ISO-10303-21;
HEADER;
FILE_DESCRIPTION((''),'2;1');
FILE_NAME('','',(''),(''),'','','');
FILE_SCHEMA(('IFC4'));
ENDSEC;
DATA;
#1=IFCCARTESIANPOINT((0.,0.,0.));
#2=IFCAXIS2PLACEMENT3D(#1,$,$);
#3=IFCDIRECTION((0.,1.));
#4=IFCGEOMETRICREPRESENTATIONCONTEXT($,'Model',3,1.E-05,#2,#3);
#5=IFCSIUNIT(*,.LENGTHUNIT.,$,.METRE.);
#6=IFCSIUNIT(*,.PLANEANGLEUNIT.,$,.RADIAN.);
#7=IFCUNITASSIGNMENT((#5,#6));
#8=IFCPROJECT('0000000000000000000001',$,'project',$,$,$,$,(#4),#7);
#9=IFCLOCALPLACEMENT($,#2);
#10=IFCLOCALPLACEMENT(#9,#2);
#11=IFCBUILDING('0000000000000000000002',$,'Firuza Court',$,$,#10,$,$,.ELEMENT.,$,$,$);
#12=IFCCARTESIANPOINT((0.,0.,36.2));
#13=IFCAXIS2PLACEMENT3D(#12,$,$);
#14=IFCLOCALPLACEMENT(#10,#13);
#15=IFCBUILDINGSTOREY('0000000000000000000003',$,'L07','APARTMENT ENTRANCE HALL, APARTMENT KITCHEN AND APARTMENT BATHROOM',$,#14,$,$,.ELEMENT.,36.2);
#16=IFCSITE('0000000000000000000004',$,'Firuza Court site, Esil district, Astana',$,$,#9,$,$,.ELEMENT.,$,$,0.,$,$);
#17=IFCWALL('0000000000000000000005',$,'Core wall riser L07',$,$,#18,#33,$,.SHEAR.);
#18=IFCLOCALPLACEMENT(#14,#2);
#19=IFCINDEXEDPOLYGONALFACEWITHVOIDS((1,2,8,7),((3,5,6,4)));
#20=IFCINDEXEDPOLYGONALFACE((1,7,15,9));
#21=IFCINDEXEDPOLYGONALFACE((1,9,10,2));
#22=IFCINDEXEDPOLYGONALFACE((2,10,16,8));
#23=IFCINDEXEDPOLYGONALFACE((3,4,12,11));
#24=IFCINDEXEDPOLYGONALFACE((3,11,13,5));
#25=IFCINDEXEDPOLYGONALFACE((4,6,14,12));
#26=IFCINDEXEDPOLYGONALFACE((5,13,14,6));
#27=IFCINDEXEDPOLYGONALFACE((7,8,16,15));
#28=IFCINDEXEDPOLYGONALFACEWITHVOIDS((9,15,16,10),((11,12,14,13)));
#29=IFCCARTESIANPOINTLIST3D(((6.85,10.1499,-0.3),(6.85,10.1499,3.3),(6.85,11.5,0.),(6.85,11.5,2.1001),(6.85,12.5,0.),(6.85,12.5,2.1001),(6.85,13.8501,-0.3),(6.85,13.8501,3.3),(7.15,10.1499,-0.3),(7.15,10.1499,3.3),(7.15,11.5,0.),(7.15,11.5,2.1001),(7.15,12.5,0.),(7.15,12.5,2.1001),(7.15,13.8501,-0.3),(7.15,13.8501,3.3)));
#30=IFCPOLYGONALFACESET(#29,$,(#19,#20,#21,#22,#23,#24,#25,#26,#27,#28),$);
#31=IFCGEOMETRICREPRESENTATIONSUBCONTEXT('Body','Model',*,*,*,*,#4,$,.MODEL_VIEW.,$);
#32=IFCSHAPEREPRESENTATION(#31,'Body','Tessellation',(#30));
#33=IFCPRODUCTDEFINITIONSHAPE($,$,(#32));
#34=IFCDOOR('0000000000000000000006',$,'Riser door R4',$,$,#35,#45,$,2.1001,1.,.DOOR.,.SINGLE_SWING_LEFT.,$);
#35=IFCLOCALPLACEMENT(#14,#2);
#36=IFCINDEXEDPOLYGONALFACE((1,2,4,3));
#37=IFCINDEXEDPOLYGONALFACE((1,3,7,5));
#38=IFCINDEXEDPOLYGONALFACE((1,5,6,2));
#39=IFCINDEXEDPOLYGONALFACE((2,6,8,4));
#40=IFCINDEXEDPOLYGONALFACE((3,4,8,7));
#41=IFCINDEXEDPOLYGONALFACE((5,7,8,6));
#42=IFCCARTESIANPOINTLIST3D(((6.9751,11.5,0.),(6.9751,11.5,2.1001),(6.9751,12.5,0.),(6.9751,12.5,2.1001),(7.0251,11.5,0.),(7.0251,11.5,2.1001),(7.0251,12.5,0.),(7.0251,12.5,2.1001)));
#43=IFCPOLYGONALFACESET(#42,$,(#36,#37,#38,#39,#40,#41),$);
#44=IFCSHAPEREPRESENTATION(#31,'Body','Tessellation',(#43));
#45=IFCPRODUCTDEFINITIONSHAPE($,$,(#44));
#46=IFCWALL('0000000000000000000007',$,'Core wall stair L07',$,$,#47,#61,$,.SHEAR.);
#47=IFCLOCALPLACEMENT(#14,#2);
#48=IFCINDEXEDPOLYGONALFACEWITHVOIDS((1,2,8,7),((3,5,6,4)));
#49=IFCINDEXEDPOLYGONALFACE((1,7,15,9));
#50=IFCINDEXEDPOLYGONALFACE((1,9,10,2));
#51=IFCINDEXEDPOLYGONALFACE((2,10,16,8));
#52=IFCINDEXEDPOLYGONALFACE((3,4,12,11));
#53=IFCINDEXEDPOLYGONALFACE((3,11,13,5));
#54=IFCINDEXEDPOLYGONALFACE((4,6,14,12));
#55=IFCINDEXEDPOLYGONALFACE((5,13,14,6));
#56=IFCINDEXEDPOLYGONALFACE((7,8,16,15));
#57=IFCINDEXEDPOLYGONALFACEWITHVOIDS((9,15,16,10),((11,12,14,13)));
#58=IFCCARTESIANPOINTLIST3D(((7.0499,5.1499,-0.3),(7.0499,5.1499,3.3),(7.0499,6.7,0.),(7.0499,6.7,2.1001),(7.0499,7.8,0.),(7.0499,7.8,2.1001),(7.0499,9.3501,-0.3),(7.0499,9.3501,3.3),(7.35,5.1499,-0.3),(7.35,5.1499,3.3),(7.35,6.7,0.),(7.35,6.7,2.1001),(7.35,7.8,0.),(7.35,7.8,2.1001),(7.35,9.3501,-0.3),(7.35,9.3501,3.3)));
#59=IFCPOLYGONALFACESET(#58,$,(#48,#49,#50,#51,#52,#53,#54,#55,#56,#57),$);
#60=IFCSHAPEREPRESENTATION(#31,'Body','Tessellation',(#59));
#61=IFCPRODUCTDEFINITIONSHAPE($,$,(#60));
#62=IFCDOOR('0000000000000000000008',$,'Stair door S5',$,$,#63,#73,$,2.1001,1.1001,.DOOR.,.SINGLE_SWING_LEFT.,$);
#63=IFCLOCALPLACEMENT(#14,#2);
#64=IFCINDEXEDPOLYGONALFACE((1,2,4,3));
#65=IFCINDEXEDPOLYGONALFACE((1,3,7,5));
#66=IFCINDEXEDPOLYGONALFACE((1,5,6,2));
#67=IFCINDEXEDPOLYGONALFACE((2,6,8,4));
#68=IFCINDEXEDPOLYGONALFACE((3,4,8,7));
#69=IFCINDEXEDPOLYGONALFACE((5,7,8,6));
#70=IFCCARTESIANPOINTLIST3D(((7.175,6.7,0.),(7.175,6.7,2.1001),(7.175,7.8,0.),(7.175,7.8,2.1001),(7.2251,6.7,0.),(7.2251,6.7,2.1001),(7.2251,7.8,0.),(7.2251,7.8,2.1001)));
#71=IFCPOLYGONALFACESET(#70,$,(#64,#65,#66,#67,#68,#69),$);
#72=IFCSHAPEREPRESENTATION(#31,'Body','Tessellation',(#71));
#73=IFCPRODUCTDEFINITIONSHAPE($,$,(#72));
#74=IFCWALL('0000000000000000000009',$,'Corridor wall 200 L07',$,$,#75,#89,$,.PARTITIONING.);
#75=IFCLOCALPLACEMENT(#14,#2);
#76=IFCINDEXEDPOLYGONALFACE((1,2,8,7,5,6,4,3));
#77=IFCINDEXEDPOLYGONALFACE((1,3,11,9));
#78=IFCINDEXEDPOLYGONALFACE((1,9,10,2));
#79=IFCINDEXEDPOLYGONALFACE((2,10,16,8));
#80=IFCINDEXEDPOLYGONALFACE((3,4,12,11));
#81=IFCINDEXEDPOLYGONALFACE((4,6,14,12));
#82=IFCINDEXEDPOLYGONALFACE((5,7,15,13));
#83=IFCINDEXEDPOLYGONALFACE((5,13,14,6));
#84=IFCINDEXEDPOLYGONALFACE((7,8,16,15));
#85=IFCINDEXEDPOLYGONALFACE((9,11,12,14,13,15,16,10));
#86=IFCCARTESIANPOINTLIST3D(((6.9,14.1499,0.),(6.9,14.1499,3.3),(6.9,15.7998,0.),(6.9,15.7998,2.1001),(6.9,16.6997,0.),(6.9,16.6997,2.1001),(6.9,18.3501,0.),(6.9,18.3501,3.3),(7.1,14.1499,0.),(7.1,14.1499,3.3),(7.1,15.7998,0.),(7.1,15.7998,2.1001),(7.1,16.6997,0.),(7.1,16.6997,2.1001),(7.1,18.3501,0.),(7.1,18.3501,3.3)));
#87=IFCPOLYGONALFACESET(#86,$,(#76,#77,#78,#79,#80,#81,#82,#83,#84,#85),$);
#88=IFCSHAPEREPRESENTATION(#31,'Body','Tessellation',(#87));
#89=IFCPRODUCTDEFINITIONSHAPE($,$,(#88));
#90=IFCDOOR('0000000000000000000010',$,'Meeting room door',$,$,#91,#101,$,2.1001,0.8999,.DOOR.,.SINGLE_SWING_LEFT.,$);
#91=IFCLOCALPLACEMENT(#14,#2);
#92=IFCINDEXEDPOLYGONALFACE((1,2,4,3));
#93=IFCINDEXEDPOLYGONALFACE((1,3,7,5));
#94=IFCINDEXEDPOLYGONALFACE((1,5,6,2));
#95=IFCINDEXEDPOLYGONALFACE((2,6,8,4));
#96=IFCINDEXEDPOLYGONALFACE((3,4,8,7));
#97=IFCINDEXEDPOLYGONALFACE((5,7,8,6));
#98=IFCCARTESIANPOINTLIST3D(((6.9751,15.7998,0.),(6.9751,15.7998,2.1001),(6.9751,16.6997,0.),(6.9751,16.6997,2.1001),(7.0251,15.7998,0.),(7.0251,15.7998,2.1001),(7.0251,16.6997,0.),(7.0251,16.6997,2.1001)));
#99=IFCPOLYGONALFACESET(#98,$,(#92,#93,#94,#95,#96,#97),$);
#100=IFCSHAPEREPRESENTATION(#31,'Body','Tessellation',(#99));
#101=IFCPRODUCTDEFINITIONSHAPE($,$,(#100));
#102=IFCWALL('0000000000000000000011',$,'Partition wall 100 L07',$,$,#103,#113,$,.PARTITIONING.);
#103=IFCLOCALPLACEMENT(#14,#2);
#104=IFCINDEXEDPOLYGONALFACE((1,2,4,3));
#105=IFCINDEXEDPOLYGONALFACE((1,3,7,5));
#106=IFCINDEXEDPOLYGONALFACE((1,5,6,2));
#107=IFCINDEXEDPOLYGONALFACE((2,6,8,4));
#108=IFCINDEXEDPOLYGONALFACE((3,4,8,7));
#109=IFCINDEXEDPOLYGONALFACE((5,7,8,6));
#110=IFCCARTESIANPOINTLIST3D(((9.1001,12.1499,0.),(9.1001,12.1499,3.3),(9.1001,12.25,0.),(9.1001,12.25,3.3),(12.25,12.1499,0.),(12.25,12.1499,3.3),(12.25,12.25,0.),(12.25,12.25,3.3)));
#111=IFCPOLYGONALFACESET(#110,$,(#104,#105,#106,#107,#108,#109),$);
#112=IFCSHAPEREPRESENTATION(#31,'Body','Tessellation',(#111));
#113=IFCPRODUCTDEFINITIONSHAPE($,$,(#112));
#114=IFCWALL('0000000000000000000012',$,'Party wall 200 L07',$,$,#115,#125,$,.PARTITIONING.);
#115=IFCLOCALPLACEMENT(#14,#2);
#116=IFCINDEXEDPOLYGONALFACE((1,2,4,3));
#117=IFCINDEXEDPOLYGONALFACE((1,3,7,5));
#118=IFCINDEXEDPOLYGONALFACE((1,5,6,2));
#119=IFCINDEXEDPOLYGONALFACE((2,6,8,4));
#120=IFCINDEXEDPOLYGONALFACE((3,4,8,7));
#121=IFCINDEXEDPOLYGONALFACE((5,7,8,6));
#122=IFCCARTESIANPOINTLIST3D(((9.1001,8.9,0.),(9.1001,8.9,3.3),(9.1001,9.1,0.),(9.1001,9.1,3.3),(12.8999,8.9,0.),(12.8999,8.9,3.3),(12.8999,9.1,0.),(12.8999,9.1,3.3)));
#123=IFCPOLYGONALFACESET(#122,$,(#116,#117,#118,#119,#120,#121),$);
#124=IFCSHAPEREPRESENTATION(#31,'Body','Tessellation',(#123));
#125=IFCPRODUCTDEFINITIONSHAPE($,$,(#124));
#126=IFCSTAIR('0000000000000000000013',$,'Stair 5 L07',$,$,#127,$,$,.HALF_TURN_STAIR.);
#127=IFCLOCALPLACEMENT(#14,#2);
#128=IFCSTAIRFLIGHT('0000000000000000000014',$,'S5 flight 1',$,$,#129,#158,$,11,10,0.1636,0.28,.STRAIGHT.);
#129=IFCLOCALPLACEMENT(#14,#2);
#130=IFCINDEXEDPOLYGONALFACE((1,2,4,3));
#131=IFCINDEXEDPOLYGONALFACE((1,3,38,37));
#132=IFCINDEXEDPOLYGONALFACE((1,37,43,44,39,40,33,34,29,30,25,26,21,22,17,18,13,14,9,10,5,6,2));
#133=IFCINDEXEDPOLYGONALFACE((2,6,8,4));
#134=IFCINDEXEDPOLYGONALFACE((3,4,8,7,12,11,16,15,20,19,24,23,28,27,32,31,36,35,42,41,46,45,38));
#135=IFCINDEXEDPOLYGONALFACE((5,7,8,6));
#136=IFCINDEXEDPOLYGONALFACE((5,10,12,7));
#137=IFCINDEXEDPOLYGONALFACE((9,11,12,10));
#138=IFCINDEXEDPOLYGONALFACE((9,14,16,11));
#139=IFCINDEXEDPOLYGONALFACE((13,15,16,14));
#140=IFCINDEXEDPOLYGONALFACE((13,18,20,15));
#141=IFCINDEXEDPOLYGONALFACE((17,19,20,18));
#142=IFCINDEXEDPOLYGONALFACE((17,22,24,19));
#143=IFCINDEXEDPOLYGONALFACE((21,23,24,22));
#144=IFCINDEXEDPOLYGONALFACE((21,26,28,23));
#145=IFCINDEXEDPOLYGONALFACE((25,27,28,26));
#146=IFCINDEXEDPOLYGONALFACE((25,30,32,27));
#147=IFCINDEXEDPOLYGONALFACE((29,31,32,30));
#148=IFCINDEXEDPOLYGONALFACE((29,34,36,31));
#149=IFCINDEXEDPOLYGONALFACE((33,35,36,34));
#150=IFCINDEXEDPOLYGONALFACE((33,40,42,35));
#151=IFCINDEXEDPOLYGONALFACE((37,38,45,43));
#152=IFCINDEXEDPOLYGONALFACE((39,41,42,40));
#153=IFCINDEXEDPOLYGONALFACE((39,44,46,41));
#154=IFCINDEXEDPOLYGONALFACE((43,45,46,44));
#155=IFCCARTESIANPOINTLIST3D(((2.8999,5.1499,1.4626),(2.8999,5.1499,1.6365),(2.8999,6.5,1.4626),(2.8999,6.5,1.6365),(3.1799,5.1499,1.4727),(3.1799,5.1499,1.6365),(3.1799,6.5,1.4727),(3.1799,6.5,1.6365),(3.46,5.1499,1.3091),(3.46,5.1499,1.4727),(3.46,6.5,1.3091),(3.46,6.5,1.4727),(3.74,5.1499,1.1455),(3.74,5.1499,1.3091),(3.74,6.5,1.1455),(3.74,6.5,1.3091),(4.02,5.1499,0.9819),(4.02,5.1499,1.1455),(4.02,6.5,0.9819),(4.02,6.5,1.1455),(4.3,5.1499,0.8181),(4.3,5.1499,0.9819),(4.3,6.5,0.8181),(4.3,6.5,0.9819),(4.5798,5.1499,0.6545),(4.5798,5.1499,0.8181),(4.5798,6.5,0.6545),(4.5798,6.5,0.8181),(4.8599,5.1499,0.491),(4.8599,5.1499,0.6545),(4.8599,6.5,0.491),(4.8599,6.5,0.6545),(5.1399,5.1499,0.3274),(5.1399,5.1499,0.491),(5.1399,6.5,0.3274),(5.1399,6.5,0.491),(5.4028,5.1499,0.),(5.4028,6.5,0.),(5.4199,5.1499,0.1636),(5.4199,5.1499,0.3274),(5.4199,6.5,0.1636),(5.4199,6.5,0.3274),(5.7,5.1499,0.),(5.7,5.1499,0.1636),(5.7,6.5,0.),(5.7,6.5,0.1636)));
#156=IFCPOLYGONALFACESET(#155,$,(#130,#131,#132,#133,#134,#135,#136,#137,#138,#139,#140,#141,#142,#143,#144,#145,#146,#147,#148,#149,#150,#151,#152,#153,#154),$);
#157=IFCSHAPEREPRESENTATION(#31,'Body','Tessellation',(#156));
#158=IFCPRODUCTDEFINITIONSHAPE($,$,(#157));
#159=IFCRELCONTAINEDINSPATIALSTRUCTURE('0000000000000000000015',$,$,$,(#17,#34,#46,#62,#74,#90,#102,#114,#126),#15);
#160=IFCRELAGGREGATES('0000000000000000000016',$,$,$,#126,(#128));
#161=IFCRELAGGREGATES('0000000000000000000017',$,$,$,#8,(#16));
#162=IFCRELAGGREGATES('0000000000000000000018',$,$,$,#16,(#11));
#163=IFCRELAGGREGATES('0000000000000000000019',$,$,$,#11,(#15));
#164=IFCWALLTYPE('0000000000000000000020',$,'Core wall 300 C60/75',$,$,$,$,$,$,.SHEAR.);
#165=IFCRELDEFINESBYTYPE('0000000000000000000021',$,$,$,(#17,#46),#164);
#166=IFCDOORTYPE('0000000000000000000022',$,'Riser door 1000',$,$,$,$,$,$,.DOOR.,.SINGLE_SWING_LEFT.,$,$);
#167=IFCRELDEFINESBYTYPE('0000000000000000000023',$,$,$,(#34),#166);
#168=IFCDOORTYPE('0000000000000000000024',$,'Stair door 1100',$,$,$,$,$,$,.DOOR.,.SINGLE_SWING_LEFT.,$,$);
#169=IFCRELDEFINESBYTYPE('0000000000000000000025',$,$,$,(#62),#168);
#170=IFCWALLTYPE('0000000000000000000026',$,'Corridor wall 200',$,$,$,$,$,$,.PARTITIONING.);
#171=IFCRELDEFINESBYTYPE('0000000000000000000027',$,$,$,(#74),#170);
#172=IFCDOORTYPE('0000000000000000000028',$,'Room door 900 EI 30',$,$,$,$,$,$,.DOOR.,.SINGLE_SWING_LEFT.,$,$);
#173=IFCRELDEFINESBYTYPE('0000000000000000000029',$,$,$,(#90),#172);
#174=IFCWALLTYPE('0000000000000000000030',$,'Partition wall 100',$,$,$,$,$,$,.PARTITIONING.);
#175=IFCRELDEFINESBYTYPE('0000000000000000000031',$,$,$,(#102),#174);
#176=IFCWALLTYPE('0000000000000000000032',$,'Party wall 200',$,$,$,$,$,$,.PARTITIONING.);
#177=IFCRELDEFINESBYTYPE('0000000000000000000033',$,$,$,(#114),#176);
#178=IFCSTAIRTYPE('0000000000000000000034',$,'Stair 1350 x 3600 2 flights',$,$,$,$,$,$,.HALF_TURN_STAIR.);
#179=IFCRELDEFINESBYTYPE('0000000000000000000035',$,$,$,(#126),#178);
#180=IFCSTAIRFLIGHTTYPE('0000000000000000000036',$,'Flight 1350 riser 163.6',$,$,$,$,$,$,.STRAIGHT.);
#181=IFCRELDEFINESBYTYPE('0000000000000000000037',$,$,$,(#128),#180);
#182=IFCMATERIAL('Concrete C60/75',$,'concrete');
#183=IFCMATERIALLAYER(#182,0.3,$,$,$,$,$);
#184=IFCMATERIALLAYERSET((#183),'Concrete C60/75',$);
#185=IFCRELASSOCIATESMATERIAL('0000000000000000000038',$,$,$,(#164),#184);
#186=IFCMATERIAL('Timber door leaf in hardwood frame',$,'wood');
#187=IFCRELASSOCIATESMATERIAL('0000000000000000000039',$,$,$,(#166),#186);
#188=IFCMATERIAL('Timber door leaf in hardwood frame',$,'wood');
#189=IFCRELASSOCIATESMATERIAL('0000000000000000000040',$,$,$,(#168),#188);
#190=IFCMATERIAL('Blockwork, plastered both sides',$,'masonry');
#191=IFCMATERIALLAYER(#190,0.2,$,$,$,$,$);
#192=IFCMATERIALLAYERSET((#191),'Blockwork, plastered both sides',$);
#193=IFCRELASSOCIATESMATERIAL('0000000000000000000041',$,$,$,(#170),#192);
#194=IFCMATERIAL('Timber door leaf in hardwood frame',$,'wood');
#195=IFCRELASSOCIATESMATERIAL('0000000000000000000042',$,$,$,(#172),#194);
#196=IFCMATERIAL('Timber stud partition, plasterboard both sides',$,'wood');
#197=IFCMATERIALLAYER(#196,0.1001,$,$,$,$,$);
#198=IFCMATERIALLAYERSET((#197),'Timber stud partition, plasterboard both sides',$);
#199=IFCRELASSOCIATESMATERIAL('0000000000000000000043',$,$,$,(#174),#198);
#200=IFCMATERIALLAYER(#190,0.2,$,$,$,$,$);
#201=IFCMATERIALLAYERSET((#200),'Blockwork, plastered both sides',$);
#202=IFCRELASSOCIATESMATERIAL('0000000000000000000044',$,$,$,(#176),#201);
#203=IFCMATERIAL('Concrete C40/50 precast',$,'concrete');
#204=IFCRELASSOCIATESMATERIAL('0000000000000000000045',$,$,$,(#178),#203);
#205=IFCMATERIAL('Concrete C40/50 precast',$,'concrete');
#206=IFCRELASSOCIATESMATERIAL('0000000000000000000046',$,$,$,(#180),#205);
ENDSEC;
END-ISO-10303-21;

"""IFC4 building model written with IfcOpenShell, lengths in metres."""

from ifc_helpers import new_model, si_unit, direction, frame, frame_2d, origin, place, context, subcontext, project, spatial, polyline, rectangle, outline, extrude, material, layer, layer_set, type_object, element, fill, aggregate, save


model = new_model("IFC4")

# Units and contexts
model_context = context("Model", 3, precision=1e-05, world=origin(), true_north=direction((0.0, 1.0)))
body_context = subcontext(model_context, "Body", "Model", "MODEL_VIEW")
ifc_project = project(units=[si_unit("LENGTHUNIT", "METRE"), si_unit("PLANEANGLEUNIT", "RADIAN")], contexts=[model_context])

# Site, building, storey
site_placement = place(None, origin())
site = spatial("IfcSite", under=ifc_project, at=site_placement, Name="Firuza Court site, Esil district, Astana", CompositionType="ELEMENT", RefElevation=0.0)
building_placement = place(site_placement, origin())
building = spatial("IfcBuilding", under=site, at=building_placement, Name="Firuza Court", CompositionType="ELEMENT")
storey_placement = place(building_placement, frame((0.0, 0.0, 36.2)))
storey = spatial("IfcBuildingStorey", under=building, at=storey_placement, Name="L07", Description="APARTMENT ENTRANCE HALL, APARTMENT KITCHEN AND APARTMENT BATHROOM", CompositionType="ELEMENT", Elevation=36.2)

# Shared definitions
ifc_material_1 = material(Name="Concrete C60/75", Category="concrete")
ifc_layer_1 = layer(ifc_material_1, 0.3)
ifc_layer_set_1 = layer_set([ifc_layer_1], Name="Concrete C60/75")
wall_type_1 = type_object("IfcWallType", Name="Core wall 300 C60/75", PredefinedType="SHEAR", material=ifc_layer_set_1)

# Walls, openings, doors
wall_1_placement = place(storey_placement, frame((7.0, 10.1499, -0.3), z_axis=(0.0, 0.0, 1.0), x_axis=(0.0, 1.0, 0.0)))
wall_1 = element("IfcWall", 1, at=wall_1_placement, inside=storey, type_object=wall_type_1, Name="Core wall riser L07", PredefinedType="SHEAR", context=body_context, shape_type="SweptSolid", body=[
    extrude(rectangle(XDim=3.7002, YDim=0.3, at=frame_2d((1.8501, 0.0))), origin(), (0.0, 0.0, 1.0), 3.6001),
])
opening_1_placement = place(wall_1_placement, frame((1.3501, 0.0, 0.3)))
opening_1 = element("IfcOpeningElement", 2, at=opening_1_placement, cuts=wall_1, PredefinedType="OPENING", context=body_context, shape_type="SweptSolid", body=[
    extrude(rectangle(XDim=1.0, YDim=2.1001, at=frame_2d((0.5, 1.05))), frame((0.0, 0.1621, 0.0), z_axis=(0.0, -1.0, 0.0), x_axis=(1.0, 0.0, 0.0)), (0.0, 0.0, 1.0), 0.324),
])
ifc_material_2 = material(Name="Timber door leaf in hardwood frame", Category="wood")
door_type_1 = type_object("IfcDoorType", Name="Riser door 1000", OperationType="SINGLE_SWING_LEFT", PredefinedType="DOOR", material=ifc_material_2)
door_1_placement = place(opening_1_placement, origin())
door_1 = element("IfcDoor", 3, at=door_1_placement, inside=storey, type_object=door_type_1, Name="Riser door R4", OperationType="SINGLE_SWING_LEFT", OverallHeight=2.1001, OverallWidth=1.0, PredefinedType="DOOR", context=body_context, shape_type="SweptSolid", body=[
    extrude(rectangle(XDim=1.0, YDim=2.1001, at=frame_2d((0.5, 1.05))), frame((0.0, 0.0249, 0.0), z_axis=(0.0, -1.0, 0.0), x_axis=(1.0, 0.0, 0.0)), (0.0, 0.0, 1.0), 0.05),
])
fill(opening_1, door_1)
wall_2_placement = place(storey_placement, frame((7.2, 5.1499, -0.3), z_axis=(0.0, 0.0, 1.0), x_axis=(0.0, 1.0, 0.0)))
wall_2 = element("IfcWall", 4, at=wall_2_placement, inside=storey, type_object=wall_type_1, Name="Core wall stair L07", PredefinedType="SHEAR", context=body_context, shape_type="SweptSolid", body=[
    extrude(rectangle(XDim=4.2002, YDim=0.3, at=frame_2d((2.1001, 0.0))), origin(), (0.0, 0.0, 1.0), 3.6001),
])
opening_2_placement = place(wall_2_placement, frame((1.55, 0.0, 0.3)))
opening_2 = element("IfcOpeningElement", 5, at=opening_2_placement, cuts=wall_2, PredefinedType="OPENING", context=body_context, shape_type="SweptSolid", body=[
    extrude(rectangle(XDim=1.1001, YDim=2.1001, at=frame_2d((0.55, 1.05))), frame((0.0, 0.1621, 0.0), z_axis=(0.0, -1.0, 0.0), x_axis=(1.0, 0.0, 0.0)), (0.0, 0.0, 1.0), 0.324),
])
ifc_material_3 = material(Name="Timber door leaf in hardwood frame", Category="wood")
door_type_2 = type_object("IfcDoorType", Name="Stair door 1100", OperationType="SINGLE_SWING_LEFT", PredefinedType="DOOR", material=ifc_material_3)
door_2_placement = place(opening_2_placement, origin())
door_2 = element("IfcDoor", 6, at=door_2_placement, inside=storey, type_object=door_type_2, Name="Stair door S5", OperationType="SINGLE_SWING_LEFT", OverallHeight=2.1001, OverallWidth=1.1001, PredefinedType="DOOR", context=body_context, shape_type="SweptSolid", body=[
    extrude(rectangle(XDim=1.1001, YDim=2.1001, at=frame_2d((0.55, 1.05))), frame((0.0, 0.0249, 0.0), z_axis=(0.0, -1.0, 0.0), x_axis=(1.0, 0.0, 0.0)), (0.0, 0.0, 1.0), 0.05),
])
fill(opening_2, door_2)
ifc_material_4 = material(Name="Blockwork, plastered both sides", Category="masonry")
ifc_layer_2 = layer(ifc_material_4, 0.2)
ifc_layer_set_2 = layer_set([ifc_layer_2], Name="Blockwork, plastered both sides")
wall_type_2 = type_object("IfcWallType", Name="Corridor wall 200", PredefinedType="PARTITIONING", material=ifc_layer_set_2)
wall_3_placement = place(storey_placement, frame((7.0, 14.1499, 0.0), z_axis=(0.0, 0.0, 1.0), x_axis=(0.0, 1.0, 0.0)))
wall_3 = element("IfcWall", 7, at=wall_3_placement, inside=storey, type_object=wall_type_2, Name="Corridor wall 200 L07", PredefinedType="PARTITIONING", context=body_context, shape_type="SweptSolid", body=[
    extrude(rectangle(XDim=4.2002, YDim=0.2, at=frame_2d((2.1001, 0.0))), origin(), (0.0, 0.0, 1.0), 3.3),
])
opening_3_placement = place(wall_3_placement, frame((1.6499, 0.0, 0.0)))
opening_3 = element("IfcOpeningElement", 8, at=opening_3_placement, cuts=wall_3, PredefinedType="OPENING", context=body_context, shape_type="SweptSolid", body=[
    extrude(rectangle(XDim=0.8999, YDim=2.1001, at=frame_2d((0.45, 1.05))), frame((0.0, 0.1118, 0.0), z_axis=(0.0, -1.0, 0.0), x_axis=(1.0, 0.0, 0.0)), (0.0, 0.0, 1.0), 0.2239),
])
ifc_material_5 = material(Name="Timber door leaf in hardwood frame", Category="wood")
door_type_3 = type_object("IfcDoorType", Name="Room door 900 EI 30", OperationType="SINGLE_SWING_LEFT", PredefinedType="DOOR", material=ifc_material_5)
door_3_placement = place(opening_3_placement, origin())
door_3 = element("IfcDoor", 9, at=door_3_placement, inside=storey, type_object=door_type_3, Name="Meeting room door", OperationType="SINGLE_SWING_LEFT", OverallHeight=2.1001, OverallWidth=0.8999, PredefinedType="DOOR", context=body_context, shape_type="SweptSolid", body=[
    extrude(rectangle(XDim=0.8999, YDim=2.1001, at=frame_2d((0.45, 1.05))), frame((0.0, 0.0249, 0.0), z_axis=(0.0, -1.0, 0.0), x_axis=(1.0, 0.0, 0.0)), (0.0, 0.0, 1.0), 0.05),
])
fill(opening_3, door_3)

# Walls
ifc_material_6 = material(Name="Timber stud partition, plasterboard both sides", Category="wood")
ifc_layer_3 = layer(ifc_material_6, 0.1001)
ifc_layer_set_3 = layer_set([ifc_layer_3], Name="Timber stud partition, plasterboard both sides")
wall_type_3 = type_object("IfcWallType", Name="Partition wall 100", PredefinedType="PARTITIONING", material=ifc_layer_set_3)
wall_4_placement = place(storey_placement, frame((9.1001, 12.2, 0.0), z_axis=(0.0, 0.0, 1.0), x_axis=(1.0, 0.0, 0.0)))
element("IfcWall", 10, at=wall_4_placement, inside=storey, type_object=wall_type_3, Name="Partition wall 100 L07", PredefinedType="PARTITIONING", context=body_context, shape_type="SweptSolid", body=[
    extrude(rectangle(XDim=3.1499, YDim=0.1001, at=frame_2d((1.575, 0.0))), origin(), (0.0, 0.0, 1.0), 3.3),
])
ifc_layer_4 = layer(ifc_material_4, 0.2)
ifc_layer_set_4 = layer_set([ifc_layer_4], Name="Blockwork, plastered both sides")
wall_type_4 = type_object("IfcWallType", Name="Party wall 200", PredefinedType="PARTITIONING", material=ifc_layer_set_4)
wall_5_placement = place(storey_placement, frame((9.1001, 9.0, 0.0), z_axis=(0.0, 0.0, 1.0), x_axis=(1.0, 0.0, 0.0)))
element("IfcWall", 11, at=wall_5_placement, inside=storey, type_object=wall_type_4, Name="Party wall 200 L07", PredefinedType="PARTITIONING", context=body_context, shape_type="SweptSolid", body=[
    extrude(rectangle(XDim=3.7998, YDim=0.2, at=frame_2d((1.8999, 0.0))), origin(), (0.0, 0.0, 1.0), 3.3),
])

# Stair, stair flight
ifc_material_7 = material(Name="Concrete C40/50 precast", Category="concrete")
stair_type = type_object("IfcStairType", Name="Stair 1350 x 3600 2 flights", PredefinedType="HALF_TURN_STAIR", material=ifc_material_7)
stair_placement = place(storey_placement, origin())
stair = element("IfcStair", 12, at=stair_placement, inside=storey, type_object=stair_type, Name="Stair 5 L07", PredefinedType="HALF_TURN_STAIR")
ifc_material_8 = material(Name="Concrete C40/50 precast", Category="concrete")
stair_flight_type = type_object("IfcStairFlightType", Name="Flight 1350 riser 163.6", PredefinedType="STRAIGHT", material=ifc_material_8)
stair_flight_1_placement = place(storey_placement, frame((5.7, 5.825, 0.0), z_axis=(0.0, 0.0, 1.0), x_axis=(-1.0, 0.0, 0.0)))
stair_flight_1 = element("IfcStairFlight", 13, at=stair_flight_1_placement, type_object=stair_flight_type, Name="S5 flight 1", NumberOfRisers=11, NumberOfTreads=10, PredefinedType="STRAIGHT", RiserHeight=0.1636, TreadLength=0.28, context=body_context, shape_type="SweptSolid", body=[
    extrude(outline(polyline([(0.0, 0.0), (0.0, 0.1636), (0.28, 0.1636), (0.28, 0.3274), (0.5601, 0.3274), (0.5601, 0.491), (0.8401, 0.491), (0.8401, 0.6545), (1.1201, 0.6545), (1.1201, 0.8181), (1.3999, 0.8181), (1.3999, 0.9819), (1.6799, 0.9819), (1.6799, 1.1455), (1.96, 1.1455), (1.96, 1.3091), (2.24, 1.3091), (2.24, 1.4727), (2.52, 1.4727), (2.52, 1.6365), (2.8, 1.6365), (2.8, 1.8), (2.8, 1.4626), (0.2971, 0.0), (0.0, 0.0)])), frame((0.0, 0.675, 0.0), z_axis=(0.0, -1.0, 0.0), x_axis=(1.0, 0.0, 0.0)), (0.0, 0.0, 1.0), 1.3501),
])
aggregate(stair, [stair_flight_1])

save(model, "model.ifc")
